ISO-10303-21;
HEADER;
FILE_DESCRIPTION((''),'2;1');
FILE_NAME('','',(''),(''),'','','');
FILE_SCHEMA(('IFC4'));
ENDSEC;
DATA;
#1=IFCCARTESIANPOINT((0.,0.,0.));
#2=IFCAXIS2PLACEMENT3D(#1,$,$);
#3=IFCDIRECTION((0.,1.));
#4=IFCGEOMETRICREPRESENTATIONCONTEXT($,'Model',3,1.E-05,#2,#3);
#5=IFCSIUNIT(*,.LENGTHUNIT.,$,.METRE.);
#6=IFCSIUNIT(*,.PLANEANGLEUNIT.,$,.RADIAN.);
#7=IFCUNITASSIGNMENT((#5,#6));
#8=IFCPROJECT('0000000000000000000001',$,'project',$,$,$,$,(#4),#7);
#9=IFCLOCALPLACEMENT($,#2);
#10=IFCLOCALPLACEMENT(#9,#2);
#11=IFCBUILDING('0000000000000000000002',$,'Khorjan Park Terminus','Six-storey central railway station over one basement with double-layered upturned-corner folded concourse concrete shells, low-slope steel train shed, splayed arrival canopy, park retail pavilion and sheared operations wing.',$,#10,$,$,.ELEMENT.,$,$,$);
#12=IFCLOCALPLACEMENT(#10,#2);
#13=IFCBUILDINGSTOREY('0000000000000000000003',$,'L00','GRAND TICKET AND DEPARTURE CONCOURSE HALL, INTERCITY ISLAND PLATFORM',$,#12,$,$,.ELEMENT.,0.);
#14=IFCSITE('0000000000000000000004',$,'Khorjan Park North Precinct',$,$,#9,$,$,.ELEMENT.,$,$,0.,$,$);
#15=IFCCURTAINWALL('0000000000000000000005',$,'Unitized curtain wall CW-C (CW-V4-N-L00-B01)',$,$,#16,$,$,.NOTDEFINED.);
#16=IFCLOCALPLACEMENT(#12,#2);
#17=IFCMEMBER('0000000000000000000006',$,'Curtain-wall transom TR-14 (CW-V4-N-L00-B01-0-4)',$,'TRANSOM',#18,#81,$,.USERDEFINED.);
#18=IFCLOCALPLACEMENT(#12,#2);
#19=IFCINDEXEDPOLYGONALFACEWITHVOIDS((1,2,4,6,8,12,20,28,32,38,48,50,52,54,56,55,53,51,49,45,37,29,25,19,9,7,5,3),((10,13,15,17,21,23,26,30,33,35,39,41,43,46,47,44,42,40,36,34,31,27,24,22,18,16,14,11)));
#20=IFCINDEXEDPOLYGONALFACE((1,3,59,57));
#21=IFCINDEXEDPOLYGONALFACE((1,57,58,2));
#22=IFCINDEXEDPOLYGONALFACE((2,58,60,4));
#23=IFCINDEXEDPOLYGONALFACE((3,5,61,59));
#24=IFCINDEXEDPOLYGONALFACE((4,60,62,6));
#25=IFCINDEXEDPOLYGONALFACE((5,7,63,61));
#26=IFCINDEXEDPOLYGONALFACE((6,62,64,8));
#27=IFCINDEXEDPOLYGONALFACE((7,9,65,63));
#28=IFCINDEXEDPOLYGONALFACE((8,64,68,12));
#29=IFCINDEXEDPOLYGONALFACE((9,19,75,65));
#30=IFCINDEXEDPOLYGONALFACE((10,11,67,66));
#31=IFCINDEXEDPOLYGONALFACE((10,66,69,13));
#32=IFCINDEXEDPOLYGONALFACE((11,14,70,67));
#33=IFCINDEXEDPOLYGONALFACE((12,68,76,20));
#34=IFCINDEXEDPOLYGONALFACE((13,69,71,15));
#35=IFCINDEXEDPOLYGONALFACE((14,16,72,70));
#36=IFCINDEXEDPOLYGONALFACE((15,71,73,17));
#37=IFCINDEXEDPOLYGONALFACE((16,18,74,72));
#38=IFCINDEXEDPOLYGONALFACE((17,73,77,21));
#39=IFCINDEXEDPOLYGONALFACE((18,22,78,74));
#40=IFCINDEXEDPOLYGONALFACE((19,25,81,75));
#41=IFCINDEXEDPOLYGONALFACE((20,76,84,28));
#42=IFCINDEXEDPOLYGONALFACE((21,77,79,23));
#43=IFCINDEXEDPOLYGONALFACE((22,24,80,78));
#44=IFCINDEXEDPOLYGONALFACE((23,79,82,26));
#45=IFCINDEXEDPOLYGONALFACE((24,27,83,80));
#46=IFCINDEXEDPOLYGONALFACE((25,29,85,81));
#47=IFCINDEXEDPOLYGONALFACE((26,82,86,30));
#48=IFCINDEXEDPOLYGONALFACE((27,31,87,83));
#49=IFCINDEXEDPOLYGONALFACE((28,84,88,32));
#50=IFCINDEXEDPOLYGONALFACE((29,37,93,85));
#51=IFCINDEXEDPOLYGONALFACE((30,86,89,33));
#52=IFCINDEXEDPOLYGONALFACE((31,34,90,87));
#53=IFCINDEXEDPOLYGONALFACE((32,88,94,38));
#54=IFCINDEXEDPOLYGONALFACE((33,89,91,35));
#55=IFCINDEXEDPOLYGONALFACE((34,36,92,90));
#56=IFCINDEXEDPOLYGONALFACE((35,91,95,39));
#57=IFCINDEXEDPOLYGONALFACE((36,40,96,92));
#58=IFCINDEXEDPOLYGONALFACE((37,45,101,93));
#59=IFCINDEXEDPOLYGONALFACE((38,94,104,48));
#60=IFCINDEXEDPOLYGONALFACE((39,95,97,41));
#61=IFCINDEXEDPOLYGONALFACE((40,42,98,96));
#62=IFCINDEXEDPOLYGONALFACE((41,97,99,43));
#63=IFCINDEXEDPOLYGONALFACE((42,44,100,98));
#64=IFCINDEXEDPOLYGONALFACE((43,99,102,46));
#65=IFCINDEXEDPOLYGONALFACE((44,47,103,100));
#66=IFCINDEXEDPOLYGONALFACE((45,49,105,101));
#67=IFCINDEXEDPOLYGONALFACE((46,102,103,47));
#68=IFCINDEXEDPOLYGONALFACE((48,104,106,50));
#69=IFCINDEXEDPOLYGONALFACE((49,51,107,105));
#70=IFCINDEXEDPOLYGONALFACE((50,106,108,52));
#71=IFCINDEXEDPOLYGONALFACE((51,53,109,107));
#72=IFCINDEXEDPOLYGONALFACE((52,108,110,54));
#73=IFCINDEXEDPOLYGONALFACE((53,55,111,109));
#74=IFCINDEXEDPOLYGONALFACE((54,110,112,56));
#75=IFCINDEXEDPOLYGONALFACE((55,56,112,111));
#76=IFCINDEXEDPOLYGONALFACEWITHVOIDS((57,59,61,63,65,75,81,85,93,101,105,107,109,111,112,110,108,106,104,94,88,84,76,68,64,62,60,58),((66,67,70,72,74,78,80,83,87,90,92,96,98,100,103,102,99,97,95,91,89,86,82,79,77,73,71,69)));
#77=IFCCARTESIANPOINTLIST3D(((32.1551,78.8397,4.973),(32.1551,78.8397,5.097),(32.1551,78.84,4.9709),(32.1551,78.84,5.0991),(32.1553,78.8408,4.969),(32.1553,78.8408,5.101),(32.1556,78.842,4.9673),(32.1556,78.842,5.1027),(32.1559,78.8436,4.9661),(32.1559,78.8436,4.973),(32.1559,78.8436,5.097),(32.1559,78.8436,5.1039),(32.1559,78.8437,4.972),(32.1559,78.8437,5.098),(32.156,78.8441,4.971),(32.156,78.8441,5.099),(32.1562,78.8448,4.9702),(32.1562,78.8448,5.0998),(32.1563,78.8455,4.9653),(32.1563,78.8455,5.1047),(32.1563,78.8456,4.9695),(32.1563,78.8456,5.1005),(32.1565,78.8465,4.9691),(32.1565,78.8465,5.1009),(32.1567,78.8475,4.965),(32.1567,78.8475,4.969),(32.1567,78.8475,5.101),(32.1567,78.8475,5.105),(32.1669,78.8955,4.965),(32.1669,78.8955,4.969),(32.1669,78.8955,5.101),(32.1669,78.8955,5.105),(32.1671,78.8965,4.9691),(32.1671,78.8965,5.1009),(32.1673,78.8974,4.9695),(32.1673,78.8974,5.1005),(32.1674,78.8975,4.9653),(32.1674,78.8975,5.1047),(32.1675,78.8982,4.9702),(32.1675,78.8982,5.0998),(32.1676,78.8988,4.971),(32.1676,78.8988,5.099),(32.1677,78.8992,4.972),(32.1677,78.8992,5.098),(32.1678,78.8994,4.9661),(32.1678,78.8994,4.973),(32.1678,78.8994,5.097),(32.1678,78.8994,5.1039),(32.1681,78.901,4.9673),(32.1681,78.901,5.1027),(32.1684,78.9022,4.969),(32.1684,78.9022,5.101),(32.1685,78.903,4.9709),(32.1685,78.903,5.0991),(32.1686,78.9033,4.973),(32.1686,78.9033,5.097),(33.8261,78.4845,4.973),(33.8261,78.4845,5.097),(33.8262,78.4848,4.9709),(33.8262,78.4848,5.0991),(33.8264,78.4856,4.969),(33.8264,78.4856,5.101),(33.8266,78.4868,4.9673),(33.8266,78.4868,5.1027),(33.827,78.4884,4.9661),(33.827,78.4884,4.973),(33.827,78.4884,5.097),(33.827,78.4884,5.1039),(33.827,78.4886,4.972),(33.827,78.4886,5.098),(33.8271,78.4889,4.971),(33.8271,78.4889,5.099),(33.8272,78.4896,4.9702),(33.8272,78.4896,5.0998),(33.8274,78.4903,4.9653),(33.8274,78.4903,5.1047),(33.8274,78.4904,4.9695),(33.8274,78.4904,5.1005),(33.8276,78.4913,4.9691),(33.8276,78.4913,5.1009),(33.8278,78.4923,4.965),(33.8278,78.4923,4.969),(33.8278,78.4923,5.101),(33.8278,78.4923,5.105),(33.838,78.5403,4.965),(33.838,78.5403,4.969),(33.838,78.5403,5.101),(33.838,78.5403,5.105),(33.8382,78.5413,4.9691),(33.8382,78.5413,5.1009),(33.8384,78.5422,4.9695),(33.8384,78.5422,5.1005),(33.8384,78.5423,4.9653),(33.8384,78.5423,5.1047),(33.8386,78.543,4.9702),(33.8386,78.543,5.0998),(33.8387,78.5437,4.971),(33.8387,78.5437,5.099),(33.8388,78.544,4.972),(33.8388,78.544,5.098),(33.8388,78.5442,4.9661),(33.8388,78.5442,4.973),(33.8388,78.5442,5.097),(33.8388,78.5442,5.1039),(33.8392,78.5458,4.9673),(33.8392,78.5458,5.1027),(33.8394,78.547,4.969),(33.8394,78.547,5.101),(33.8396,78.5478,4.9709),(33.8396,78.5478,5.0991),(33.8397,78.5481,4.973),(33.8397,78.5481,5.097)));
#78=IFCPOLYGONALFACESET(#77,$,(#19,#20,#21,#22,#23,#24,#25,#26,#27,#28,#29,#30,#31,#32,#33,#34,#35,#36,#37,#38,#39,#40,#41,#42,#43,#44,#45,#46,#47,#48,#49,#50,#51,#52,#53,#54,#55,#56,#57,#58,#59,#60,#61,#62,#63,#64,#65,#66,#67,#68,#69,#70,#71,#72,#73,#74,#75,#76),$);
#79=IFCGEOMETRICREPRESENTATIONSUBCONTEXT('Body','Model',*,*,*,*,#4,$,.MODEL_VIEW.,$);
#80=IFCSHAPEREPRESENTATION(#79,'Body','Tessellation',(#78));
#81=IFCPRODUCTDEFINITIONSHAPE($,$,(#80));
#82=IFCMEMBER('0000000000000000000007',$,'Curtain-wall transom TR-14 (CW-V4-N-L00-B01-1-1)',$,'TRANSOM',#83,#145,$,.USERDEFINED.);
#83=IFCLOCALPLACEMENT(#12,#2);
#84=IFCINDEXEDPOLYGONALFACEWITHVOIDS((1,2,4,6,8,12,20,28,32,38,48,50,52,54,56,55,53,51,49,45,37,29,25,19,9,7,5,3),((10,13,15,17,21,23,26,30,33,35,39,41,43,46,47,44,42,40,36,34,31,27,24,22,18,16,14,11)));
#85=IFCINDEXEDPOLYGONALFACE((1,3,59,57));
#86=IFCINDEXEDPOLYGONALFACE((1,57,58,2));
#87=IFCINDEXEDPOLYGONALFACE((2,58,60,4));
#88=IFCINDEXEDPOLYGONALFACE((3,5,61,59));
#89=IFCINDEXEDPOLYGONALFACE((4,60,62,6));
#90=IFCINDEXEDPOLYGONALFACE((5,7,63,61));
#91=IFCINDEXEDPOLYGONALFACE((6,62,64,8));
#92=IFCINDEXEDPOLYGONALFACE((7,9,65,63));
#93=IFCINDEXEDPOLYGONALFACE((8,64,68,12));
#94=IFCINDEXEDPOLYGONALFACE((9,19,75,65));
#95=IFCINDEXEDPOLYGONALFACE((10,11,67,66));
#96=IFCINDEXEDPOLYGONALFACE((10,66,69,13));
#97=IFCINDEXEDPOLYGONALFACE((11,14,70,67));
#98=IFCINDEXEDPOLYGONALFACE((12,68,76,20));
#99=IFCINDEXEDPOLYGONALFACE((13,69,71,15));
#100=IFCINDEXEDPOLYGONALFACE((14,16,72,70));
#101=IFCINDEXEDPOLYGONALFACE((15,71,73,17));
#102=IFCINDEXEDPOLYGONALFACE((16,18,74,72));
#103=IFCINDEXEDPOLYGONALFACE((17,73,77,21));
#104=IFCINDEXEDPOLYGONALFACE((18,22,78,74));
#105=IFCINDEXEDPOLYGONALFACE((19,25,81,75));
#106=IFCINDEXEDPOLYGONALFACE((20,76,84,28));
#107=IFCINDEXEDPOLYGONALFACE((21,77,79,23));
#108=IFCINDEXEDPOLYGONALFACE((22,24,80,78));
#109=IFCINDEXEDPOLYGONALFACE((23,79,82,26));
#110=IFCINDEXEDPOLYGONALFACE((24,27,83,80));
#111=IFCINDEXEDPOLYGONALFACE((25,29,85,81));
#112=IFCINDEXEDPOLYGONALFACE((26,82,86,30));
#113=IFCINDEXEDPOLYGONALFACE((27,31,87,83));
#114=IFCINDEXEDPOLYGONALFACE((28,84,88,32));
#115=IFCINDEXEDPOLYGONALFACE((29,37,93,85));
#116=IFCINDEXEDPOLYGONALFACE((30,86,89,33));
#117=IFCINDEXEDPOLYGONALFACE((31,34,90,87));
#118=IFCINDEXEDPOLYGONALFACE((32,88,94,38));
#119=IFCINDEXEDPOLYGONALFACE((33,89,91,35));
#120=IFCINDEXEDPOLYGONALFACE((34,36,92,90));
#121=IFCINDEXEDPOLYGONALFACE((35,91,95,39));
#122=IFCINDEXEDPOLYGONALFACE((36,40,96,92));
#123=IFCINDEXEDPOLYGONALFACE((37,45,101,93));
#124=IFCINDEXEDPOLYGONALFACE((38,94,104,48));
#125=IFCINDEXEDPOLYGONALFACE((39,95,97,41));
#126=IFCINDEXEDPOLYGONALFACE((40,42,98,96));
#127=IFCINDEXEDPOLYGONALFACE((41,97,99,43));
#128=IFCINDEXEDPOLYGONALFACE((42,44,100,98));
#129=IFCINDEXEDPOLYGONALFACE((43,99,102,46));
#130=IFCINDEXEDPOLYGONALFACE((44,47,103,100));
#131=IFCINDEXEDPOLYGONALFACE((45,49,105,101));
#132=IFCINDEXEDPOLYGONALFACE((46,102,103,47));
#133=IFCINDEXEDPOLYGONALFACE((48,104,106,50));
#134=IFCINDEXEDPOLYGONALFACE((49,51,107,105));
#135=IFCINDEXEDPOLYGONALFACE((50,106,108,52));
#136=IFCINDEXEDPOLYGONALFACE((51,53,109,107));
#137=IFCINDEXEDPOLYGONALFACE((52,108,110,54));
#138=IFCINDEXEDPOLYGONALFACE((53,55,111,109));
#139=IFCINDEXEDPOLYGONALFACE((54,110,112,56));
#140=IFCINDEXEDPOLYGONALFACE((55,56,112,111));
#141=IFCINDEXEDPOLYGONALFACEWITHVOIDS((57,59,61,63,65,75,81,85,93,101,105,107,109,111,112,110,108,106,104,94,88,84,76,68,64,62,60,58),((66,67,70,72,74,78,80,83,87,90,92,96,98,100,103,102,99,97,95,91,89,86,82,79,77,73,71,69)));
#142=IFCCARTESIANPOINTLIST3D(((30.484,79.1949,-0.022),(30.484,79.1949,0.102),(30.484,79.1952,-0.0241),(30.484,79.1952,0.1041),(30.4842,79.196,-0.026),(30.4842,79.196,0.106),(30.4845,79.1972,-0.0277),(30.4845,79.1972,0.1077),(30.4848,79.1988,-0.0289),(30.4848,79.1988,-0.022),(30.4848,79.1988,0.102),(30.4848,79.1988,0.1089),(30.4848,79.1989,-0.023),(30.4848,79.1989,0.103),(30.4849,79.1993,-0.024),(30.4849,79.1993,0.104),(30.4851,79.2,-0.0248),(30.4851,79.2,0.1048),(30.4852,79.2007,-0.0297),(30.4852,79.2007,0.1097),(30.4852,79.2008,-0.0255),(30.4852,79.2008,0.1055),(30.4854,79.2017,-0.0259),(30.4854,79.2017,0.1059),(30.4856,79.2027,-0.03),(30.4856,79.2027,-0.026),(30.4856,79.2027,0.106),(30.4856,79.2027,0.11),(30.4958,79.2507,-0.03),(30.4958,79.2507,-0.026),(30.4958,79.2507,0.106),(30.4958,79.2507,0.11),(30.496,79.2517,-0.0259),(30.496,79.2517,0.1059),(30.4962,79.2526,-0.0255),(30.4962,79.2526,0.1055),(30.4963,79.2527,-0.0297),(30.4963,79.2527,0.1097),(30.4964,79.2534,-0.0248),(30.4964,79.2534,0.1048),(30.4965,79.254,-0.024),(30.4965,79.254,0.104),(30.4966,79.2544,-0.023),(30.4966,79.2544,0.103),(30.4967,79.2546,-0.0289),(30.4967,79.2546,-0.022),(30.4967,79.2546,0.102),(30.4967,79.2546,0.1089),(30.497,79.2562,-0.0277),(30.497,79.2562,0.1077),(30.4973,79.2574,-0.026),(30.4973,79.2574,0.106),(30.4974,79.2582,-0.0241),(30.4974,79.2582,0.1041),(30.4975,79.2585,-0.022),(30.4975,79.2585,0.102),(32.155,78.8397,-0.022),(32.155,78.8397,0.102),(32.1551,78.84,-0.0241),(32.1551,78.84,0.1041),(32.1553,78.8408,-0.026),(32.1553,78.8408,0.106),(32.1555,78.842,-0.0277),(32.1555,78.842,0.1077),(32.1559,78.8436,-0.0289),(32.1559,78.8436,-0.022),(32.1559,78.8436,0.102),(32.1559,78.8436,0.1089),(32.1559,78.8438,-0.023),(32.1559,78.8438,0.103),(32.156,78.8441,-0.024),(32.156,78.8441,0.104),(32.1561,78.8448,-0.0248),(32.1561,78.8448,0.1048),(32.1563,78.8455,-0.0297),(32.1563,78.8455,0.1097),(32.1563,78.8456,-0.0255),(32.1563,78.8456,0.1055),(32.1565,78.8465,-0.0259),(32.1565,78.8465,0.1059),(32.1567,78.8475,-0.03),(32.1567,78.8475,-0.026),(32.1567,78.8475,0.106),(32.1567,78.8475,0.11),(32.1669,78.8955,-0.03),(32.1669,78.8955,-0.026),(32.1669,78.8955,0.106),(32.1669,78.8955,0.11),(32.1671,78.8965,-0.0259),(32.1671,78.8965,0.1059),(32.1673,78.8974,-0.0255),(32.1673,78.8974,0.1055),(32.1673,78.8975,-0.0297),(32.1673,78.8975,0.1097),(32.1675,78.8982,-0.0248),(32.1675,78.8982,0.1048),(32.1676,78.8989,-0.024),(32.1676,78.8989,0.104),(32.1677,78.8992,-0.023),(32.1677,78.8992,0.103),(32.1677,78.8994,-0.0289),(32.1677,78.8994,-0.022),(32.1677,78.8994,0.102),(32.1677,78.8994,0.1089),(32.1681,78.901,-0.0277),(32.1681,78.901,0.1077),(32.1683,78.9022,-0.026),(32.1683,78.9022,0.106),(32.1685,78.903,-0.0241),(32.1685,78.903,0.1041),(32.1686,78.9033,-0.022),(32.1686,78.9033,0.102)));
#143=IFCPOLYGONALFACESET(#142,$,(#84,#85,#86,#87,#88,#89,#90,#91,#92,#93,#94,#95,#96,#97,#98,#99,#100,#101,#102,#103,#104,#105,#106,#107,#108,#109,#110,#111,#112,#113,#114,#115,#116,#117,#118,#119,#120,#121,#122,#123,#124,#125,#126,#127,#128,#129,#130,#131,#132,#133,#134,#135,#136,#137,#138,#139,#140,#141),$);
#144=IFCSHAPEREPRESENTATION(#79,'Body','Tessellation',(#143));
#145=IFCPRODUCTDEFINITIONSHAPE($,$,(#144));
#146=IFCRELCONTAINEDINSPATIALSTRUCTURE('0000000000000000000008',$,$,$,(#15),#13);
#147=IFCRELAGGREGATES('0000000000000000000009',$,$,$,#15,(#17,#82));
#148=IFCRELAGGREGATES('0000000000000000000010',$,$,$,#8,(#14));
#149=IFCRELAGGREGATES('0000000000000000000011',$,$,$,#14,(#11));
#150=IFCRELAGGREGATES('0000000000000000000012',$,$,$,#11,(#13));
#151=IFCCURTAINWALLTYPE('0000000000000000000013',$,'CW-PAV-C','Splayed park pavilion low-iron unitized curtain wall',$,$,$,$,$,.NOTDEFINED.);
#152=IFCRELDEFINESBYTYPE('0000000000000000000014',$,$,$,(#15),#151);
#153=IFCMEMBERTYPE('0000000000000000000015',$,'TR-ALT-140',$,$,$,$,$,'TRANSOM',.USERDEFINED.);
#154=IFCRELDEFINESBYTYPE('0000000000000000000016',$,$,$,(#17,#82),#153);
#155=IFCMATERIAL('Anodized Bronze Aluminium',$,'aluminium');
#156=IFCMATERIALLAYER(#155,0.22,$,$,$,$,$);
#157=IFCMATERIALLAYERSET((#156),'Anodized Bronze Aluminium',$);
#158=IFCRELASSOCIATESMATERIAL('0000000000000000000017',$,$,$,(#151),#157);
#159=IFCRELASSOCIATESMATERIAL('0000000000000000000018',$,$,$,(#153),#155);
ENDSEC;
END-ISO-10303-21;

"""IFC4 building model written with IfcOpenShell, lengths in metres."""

from ifc_helpers import new_model, si_unit, direction, frame, origin, origin_2d, place, context, subcontext, project, spatial, hollow_rectangle, extrude, material, layer, layer_set, material_profile, profile_set, type_object, element, aggregate, save


model = new_model("IFC4")

# Units and contexts
model_context = context("Model", 3, precision=1e-05, world=origin(), true_north=direction((0.0, 1.0)))
body_context = subcontext(model_context, "Body", "Model", "MODEL_VIEW")
ifc_project = project(units=[si_unit("LENGTHUNIT", "METRE"), si_unit("PLANEANGLEUNIT", "RADIAN")], contexts=[model_context])

# Site, building, storey
site_placement = place(None, origin())
site = spatial("IfcSite", under=ifc_project, at=site_placement, Name="Khorjan Park North Precinct", CompositionType="ELEMENT", RefElevation=0.0)
building_placement = place(site_placement, origin())
building = spatial("IfcBuilding", under=site, at=building_placement, Name="Khorjan Park Terminus", Description="Six-storey central railway station over one basement with double-layered upturned-corner folded concourse concrete shells, low-slope steel train shed, splayed arrival canopy, park retail pavilion and sheared operations wing.", CompositionType="ELEMENT")
storey_placement = place(building_placement, origin())
storey = spatial("IfcBuildingStorey", under=building, at=storey_placement, Name="L00", Description="GRAND TICKET AND DEPARTURE CONCOURSE HALL, INTERCITY ISLAND PLATFORM", CompositionType="ELEMENT", Elevation=0.0)

# Curtain wall, members
ifc_material_1 = material(Name="Anodized Bronze Aluminium", Category="aluminium")
ifc_layer_1 = layer(ifc_material_1, 0.22)
ifc_layer_set_1 = layer_set([ifc_layer_1], Name="Anodized Bronze Aluminium")
curtain_wall_type = type_object("IfcCurtainWallType", Name="CW-PAV-C", Description="Splayed park pavilion low-iron unitized curtain wall", PredefinedType="NOTDEFINED", material=ifc_layer_set_1)
curtain_wall_placement = place(storey_placement, origin())
curtain_wall = element("IfcCurtainWall", 1, at=curtain_wall_placement, inside=storey, type_object=curtain_wall_type, Name="Unitized curtain wall CW-C (CW-V4-N-L00-B01)", PredefinedType="NOTDEFINED")
ifc_material_profile_1 = material_profile(ifc_material_1, hollow_rectangle(XDim=0.065, YDim=0.14, WallThickness=0.004, InnerFilletRadius=0.004, OuterFilletRadius=0.008, at=origin_2d()), Name="ALT 65x140x4")
ifc_profile_set_1 = profile_set([ifc_material_profile_1], Name="Anodized Bronze Aluminium")
member_type_1 = type_object("IfcMemberType", Name="TR-ALT-140", ElementType="TRANSOM", PredefinedType="USERDEFINED", material=ifc_profile_set_1)
member_1_placement = place(storey_placement, frame((33.8329, 78.5163, 5.035), z_axis=(-0.978148, 0.20791, 0.0), x_axis=(-0.20791, -0.978148, 0.0)))
member_1 = element("IfcMember", 2, at=member_1_placement, type_object=member_type_1, Name="Curtain-wall transom TR-14 (CW-V4-N-L00-B01-0-4)", ObjectType="TRANSOM", PredefinedType="USERDEFINED", context=body_context, shape_type="SweptSolid", body=[
    extrude(hollow_rectangle(XDim=0.065, YDim=0.14, WallThickness=0.004, InnerFilletRadius=0.004, OuterFilletRadius=0.008, at=origin_2d()), origin(), (0.0, 0.0, 1.0), 1.7084),
])
member_2_placement = place(storey_placement, frame((32.1618, 78.8715, 0.04), z_axis=(-0.978148, 0.20791, 0.0), x_axis=(-0.20791, -0.978148, 0.0)))
member_2 = element("IfcMember", 3, at=member_2_placement, type_object=member_type_1, Name="Curtain-wall transom TR-14 (CW-V4-N-L00-B01-1-1)", ObjectType="TRANSOM", PredefinedType="USERDEFINED", context=body_context, shape_type="SweptSolid", body=[
    extrude(hollow_rectangle(XDim=0.065, YDim=0.14, WallThickness=0.004, InnerFilletRadius=0.004, OuterFilletRadius=0.008, at=origin_2d()), origin(), (0.0, 0.0, 1.0), 1.7084),
])
aggregate(curtain_wall, [member_1, member_2])

save(model, "model.ifc")
